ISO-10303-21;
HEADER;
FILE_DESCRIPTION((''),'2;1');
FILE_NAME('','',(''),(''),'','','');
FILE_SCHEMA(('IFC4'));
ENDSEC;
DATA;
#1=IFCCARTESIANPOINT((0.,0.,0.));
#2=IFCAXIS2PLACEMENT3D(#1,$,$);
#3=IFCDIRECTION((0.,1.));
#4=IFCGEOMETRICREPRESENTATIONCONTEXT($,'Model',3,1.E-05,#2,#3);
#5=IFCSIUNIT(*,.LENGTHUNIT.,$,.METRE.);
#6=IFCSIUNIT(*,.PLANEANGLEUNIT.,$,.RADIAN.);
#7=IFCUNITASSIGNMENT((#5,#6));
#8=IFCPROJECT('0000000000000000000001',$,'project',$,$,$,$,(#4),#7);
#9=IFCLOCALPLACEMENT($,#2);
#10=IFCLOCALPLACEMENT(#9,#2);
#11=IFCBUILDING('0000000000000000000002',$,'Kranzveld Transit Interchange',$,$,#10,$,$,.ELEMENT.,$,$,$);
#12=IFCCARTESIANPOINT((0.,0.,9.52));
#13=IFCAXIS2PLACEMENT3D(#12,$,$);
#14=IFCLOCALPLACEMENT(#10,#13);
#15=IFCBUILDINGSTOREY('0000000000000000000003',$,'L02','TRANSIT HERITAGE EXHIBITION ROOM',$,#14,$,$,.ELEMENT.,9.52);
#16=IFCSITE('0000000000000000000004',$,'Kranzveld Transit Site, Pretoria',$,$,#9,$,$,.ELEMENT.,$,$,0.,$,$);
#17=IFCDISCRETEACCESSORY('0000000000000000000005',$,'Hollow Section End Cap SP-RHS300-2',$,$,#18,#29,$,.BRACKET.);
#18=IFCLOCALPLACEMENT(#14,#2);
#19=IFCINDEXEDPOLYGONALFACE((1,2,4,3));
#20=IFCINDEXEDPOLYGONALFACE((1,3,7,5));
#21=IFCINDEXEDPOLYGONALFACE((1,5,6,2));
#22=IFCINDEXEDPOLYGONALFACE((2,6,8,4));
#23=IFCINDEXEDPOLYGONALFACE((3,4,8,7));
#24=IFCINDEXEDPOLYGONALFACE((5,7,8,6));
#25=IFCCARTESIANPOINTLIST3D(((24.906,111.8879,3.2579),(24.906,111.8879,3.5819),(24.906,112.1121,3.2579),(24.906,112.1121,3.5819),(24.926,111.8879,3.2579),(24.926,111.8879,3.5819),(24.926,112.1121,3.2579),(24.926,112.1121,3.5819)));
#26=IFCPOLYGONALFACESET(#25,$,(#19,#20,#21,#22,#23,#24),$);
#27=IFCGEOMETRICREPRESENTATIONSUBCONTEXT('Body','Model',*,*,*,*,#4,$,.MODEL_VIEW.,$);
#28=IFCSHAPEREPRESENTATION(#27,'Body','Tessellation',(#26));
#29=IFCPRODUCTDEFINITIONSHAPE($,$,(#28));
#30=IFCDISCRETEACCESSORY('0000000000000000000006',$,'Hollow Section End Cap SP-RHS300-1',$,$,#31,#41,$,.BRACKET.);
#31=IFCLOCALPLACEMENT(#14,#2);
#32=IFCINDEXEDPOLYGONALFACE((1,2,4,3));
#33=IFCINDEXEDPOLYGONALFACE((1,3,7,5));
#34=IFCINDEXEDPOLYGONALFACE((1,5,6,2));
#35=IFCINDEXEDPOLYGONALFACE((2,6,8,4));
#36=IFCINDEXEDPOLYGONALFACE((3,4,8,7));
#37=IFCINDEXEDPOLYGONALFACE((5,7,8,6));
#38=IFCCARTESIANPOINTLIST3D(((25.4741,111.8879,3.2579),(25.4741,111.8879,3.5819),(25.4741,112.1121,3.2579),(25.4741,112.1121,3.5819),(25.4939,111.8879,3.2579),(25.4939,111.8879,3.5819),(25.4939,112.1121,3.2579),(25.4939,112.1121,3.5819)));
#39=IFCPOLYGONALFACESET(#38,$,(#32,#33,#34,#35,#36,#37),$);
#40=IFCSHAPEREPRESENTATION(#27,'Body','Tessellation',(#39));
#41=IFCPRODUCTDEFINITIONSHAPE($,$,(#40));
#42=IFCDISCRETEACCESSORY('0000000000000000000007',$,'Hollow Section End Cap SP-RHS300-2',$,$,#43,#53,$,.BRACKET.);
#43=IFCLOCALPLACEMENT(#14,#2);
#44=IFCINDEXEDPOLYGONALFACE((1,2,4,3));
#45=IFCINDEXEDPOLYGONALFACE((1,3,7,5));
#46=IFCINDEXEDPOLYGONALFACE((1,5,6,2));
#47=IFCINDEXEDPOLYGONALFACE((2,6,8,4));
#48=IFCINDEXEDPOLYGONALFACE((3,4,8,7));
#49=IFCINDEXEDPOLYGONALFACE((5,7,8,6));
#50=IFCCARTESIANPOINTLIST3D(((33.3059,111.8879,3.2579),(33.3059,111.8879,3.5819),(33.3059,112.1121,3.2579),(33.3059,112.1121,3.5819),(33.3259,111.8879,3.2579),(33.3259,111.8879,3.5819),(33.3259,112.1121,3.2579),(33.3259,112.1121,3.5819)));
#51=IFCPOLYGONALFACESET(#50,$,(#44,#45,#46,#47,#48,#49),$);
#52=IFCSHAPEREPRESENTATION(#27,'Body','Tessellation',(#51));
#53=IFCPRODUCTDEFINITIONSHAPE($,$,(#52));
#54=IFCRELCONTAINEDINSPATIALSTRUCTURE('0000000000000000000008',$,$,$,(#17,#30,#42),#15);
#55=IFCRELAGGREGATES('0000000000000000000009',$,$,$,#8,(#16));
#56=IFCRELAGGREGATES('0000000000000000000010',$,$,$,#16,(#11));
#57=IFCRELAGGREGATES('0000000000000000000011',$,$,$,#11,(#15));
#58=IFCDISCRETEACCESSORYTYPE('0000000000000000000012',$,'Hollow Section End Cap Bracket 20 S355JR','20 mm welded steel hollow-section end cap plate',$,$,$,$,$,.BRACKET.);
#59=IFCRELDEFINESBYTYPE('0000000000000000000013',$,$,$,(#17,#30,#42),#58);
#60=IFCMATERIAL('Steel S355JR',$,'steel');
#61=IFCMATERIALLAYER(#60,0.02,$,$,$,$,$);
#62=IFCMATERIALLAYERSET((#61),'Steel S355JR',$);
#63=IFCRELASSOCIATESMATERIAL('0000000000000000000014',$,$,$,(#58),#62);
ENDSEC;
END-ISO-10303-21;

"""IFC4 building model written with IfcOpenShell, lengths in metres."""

from ifc_helpers import new_model, si_unit, direction, frame, origin, origin_2d, place, context, subcontext, project, spatial, rectangle, extrude, material, layer, layer_set, type_object, element, save


model = new_model("IFC4")

# Units and contexts
model_context = context("Model", 3, precision=1e-05, world=origin(), true_north=direction((0.0, 1.0)))
body_context = subcontext(model_context, "Body", "Model", "MODEL_VIEW")
ifc_project = project(units=[si_unit("LENGTHUNIT", "METRE"), si_unit("PLANEANGLEUNIT", "RADIAN")], contexts=[model_context])

# Site, building, storey
site_placement = place(None, origin())
site = spatial("IfcSite", under=ifc_project, at=site_placement, Name="Kranzveld Transit Site, Pretoria", CompositionType="ELEMENT", RefElevation=0.0)
building_placement = place(site_placement, origin())
building = spatial("IfcBuilding", under=site, at=building_placement, Name="Kranzveld Transit Interchange", CompositionType="ELEMENT")
storey_placement = place(building_placement, frame((0.0, 0.0, 9.52)))
storey = spatial("IfcBuildingStorey", under=building, at=storey_placement, Name="L02", Description="TRANSIT HERITAGE EXHIBITION ROOM", CompositionType="ELEMENT", Elevation=9.52)

# Discrete accessories
ifc_material_1 = material(Name="Steel S355JR", Category="steel")
ifc_layer_1 = layer(ifc_material_1, 0.02)
ifc_layer_set_1 = layer_set([ifc_layer_1], Name="Steel S355JR")
discrete_accessory_type = type_object("IfcDiscreteAccessoryType", Name="Hollow Section End Cap Bracket 20 S355JR", Description="20 mm welded steel hollow-section end cap plate", PredefinedType="BRACKET", material=ifc_layer_set_1)
for number, where, z_axis, x_axis, name in (
    (1, (24.906, 112.0, 3.4199), (1.0, 0.0, 0.0), (0.0, 1.0, 0.0), "Hollow Section End Cap SP-RHS300-2"),
):
    element("IfcDiscreteAccessory", number, at=place(storey_placement, frame(where, z_axis=z_axis, x_axis=x_axis)), inside=storey, type_object=discrete_accessory_type, Name=name, PredefinedType="BRACKET", context=body_context, shape_type="SweptSolid", body=[
        extrude(rectangle(XDim=0.2241, YDim=0.324, at=origin_2d()), origin(), (0.0, 0.0, 1.0), 0.02),
    ])
discrete_accessory_1_placement = place(storey_placement, frame((25.4939, 112.0, 3.4199), z_axis=(-1.0, 0.0, 0.0), x_axis=(0.0, -1.0, 0.0)))
element("IfcDiscreteAccessory", 2, at=discrete_accessory_1_placement, inside=storey, type_object=discrete_accessory_type, Name="Hollow Section End Cap SP-RHS300-1", PredefinedType="BRACKET", context=body_context, shape_type="SweptSolid", body=[
    extrude(rectangle(XDim=0.2241, YDim=0.324, at=origin_2d()), origin(), (0.0, 0.0, 1.0), 0.0198),
])
discrete_accessory_2_placement = place(storey_placement, frame((33.3059, 112.0, 3.4199), z_axis=(1.0, 0.0, 0.0), x_axis=(0.0, 1.0, 0.0)))
element("IfcDiscreteAccessory", 3, at=discrete_accessory_2_placement, inside=storey, type_object=discrete_accessory_type, Name="Hollow Section End Cap SP-RHS300-2", PredefinedType="BRACKET", context=body_context, shape_type="SweptSolid", body=[
    extrude(rectangle(XDim=0.2241, YDim=0.324, at=origin_2d()), origin(), (0.0, 0.0, 1.0), 0.02),
])

save(model, "model.ifc")
